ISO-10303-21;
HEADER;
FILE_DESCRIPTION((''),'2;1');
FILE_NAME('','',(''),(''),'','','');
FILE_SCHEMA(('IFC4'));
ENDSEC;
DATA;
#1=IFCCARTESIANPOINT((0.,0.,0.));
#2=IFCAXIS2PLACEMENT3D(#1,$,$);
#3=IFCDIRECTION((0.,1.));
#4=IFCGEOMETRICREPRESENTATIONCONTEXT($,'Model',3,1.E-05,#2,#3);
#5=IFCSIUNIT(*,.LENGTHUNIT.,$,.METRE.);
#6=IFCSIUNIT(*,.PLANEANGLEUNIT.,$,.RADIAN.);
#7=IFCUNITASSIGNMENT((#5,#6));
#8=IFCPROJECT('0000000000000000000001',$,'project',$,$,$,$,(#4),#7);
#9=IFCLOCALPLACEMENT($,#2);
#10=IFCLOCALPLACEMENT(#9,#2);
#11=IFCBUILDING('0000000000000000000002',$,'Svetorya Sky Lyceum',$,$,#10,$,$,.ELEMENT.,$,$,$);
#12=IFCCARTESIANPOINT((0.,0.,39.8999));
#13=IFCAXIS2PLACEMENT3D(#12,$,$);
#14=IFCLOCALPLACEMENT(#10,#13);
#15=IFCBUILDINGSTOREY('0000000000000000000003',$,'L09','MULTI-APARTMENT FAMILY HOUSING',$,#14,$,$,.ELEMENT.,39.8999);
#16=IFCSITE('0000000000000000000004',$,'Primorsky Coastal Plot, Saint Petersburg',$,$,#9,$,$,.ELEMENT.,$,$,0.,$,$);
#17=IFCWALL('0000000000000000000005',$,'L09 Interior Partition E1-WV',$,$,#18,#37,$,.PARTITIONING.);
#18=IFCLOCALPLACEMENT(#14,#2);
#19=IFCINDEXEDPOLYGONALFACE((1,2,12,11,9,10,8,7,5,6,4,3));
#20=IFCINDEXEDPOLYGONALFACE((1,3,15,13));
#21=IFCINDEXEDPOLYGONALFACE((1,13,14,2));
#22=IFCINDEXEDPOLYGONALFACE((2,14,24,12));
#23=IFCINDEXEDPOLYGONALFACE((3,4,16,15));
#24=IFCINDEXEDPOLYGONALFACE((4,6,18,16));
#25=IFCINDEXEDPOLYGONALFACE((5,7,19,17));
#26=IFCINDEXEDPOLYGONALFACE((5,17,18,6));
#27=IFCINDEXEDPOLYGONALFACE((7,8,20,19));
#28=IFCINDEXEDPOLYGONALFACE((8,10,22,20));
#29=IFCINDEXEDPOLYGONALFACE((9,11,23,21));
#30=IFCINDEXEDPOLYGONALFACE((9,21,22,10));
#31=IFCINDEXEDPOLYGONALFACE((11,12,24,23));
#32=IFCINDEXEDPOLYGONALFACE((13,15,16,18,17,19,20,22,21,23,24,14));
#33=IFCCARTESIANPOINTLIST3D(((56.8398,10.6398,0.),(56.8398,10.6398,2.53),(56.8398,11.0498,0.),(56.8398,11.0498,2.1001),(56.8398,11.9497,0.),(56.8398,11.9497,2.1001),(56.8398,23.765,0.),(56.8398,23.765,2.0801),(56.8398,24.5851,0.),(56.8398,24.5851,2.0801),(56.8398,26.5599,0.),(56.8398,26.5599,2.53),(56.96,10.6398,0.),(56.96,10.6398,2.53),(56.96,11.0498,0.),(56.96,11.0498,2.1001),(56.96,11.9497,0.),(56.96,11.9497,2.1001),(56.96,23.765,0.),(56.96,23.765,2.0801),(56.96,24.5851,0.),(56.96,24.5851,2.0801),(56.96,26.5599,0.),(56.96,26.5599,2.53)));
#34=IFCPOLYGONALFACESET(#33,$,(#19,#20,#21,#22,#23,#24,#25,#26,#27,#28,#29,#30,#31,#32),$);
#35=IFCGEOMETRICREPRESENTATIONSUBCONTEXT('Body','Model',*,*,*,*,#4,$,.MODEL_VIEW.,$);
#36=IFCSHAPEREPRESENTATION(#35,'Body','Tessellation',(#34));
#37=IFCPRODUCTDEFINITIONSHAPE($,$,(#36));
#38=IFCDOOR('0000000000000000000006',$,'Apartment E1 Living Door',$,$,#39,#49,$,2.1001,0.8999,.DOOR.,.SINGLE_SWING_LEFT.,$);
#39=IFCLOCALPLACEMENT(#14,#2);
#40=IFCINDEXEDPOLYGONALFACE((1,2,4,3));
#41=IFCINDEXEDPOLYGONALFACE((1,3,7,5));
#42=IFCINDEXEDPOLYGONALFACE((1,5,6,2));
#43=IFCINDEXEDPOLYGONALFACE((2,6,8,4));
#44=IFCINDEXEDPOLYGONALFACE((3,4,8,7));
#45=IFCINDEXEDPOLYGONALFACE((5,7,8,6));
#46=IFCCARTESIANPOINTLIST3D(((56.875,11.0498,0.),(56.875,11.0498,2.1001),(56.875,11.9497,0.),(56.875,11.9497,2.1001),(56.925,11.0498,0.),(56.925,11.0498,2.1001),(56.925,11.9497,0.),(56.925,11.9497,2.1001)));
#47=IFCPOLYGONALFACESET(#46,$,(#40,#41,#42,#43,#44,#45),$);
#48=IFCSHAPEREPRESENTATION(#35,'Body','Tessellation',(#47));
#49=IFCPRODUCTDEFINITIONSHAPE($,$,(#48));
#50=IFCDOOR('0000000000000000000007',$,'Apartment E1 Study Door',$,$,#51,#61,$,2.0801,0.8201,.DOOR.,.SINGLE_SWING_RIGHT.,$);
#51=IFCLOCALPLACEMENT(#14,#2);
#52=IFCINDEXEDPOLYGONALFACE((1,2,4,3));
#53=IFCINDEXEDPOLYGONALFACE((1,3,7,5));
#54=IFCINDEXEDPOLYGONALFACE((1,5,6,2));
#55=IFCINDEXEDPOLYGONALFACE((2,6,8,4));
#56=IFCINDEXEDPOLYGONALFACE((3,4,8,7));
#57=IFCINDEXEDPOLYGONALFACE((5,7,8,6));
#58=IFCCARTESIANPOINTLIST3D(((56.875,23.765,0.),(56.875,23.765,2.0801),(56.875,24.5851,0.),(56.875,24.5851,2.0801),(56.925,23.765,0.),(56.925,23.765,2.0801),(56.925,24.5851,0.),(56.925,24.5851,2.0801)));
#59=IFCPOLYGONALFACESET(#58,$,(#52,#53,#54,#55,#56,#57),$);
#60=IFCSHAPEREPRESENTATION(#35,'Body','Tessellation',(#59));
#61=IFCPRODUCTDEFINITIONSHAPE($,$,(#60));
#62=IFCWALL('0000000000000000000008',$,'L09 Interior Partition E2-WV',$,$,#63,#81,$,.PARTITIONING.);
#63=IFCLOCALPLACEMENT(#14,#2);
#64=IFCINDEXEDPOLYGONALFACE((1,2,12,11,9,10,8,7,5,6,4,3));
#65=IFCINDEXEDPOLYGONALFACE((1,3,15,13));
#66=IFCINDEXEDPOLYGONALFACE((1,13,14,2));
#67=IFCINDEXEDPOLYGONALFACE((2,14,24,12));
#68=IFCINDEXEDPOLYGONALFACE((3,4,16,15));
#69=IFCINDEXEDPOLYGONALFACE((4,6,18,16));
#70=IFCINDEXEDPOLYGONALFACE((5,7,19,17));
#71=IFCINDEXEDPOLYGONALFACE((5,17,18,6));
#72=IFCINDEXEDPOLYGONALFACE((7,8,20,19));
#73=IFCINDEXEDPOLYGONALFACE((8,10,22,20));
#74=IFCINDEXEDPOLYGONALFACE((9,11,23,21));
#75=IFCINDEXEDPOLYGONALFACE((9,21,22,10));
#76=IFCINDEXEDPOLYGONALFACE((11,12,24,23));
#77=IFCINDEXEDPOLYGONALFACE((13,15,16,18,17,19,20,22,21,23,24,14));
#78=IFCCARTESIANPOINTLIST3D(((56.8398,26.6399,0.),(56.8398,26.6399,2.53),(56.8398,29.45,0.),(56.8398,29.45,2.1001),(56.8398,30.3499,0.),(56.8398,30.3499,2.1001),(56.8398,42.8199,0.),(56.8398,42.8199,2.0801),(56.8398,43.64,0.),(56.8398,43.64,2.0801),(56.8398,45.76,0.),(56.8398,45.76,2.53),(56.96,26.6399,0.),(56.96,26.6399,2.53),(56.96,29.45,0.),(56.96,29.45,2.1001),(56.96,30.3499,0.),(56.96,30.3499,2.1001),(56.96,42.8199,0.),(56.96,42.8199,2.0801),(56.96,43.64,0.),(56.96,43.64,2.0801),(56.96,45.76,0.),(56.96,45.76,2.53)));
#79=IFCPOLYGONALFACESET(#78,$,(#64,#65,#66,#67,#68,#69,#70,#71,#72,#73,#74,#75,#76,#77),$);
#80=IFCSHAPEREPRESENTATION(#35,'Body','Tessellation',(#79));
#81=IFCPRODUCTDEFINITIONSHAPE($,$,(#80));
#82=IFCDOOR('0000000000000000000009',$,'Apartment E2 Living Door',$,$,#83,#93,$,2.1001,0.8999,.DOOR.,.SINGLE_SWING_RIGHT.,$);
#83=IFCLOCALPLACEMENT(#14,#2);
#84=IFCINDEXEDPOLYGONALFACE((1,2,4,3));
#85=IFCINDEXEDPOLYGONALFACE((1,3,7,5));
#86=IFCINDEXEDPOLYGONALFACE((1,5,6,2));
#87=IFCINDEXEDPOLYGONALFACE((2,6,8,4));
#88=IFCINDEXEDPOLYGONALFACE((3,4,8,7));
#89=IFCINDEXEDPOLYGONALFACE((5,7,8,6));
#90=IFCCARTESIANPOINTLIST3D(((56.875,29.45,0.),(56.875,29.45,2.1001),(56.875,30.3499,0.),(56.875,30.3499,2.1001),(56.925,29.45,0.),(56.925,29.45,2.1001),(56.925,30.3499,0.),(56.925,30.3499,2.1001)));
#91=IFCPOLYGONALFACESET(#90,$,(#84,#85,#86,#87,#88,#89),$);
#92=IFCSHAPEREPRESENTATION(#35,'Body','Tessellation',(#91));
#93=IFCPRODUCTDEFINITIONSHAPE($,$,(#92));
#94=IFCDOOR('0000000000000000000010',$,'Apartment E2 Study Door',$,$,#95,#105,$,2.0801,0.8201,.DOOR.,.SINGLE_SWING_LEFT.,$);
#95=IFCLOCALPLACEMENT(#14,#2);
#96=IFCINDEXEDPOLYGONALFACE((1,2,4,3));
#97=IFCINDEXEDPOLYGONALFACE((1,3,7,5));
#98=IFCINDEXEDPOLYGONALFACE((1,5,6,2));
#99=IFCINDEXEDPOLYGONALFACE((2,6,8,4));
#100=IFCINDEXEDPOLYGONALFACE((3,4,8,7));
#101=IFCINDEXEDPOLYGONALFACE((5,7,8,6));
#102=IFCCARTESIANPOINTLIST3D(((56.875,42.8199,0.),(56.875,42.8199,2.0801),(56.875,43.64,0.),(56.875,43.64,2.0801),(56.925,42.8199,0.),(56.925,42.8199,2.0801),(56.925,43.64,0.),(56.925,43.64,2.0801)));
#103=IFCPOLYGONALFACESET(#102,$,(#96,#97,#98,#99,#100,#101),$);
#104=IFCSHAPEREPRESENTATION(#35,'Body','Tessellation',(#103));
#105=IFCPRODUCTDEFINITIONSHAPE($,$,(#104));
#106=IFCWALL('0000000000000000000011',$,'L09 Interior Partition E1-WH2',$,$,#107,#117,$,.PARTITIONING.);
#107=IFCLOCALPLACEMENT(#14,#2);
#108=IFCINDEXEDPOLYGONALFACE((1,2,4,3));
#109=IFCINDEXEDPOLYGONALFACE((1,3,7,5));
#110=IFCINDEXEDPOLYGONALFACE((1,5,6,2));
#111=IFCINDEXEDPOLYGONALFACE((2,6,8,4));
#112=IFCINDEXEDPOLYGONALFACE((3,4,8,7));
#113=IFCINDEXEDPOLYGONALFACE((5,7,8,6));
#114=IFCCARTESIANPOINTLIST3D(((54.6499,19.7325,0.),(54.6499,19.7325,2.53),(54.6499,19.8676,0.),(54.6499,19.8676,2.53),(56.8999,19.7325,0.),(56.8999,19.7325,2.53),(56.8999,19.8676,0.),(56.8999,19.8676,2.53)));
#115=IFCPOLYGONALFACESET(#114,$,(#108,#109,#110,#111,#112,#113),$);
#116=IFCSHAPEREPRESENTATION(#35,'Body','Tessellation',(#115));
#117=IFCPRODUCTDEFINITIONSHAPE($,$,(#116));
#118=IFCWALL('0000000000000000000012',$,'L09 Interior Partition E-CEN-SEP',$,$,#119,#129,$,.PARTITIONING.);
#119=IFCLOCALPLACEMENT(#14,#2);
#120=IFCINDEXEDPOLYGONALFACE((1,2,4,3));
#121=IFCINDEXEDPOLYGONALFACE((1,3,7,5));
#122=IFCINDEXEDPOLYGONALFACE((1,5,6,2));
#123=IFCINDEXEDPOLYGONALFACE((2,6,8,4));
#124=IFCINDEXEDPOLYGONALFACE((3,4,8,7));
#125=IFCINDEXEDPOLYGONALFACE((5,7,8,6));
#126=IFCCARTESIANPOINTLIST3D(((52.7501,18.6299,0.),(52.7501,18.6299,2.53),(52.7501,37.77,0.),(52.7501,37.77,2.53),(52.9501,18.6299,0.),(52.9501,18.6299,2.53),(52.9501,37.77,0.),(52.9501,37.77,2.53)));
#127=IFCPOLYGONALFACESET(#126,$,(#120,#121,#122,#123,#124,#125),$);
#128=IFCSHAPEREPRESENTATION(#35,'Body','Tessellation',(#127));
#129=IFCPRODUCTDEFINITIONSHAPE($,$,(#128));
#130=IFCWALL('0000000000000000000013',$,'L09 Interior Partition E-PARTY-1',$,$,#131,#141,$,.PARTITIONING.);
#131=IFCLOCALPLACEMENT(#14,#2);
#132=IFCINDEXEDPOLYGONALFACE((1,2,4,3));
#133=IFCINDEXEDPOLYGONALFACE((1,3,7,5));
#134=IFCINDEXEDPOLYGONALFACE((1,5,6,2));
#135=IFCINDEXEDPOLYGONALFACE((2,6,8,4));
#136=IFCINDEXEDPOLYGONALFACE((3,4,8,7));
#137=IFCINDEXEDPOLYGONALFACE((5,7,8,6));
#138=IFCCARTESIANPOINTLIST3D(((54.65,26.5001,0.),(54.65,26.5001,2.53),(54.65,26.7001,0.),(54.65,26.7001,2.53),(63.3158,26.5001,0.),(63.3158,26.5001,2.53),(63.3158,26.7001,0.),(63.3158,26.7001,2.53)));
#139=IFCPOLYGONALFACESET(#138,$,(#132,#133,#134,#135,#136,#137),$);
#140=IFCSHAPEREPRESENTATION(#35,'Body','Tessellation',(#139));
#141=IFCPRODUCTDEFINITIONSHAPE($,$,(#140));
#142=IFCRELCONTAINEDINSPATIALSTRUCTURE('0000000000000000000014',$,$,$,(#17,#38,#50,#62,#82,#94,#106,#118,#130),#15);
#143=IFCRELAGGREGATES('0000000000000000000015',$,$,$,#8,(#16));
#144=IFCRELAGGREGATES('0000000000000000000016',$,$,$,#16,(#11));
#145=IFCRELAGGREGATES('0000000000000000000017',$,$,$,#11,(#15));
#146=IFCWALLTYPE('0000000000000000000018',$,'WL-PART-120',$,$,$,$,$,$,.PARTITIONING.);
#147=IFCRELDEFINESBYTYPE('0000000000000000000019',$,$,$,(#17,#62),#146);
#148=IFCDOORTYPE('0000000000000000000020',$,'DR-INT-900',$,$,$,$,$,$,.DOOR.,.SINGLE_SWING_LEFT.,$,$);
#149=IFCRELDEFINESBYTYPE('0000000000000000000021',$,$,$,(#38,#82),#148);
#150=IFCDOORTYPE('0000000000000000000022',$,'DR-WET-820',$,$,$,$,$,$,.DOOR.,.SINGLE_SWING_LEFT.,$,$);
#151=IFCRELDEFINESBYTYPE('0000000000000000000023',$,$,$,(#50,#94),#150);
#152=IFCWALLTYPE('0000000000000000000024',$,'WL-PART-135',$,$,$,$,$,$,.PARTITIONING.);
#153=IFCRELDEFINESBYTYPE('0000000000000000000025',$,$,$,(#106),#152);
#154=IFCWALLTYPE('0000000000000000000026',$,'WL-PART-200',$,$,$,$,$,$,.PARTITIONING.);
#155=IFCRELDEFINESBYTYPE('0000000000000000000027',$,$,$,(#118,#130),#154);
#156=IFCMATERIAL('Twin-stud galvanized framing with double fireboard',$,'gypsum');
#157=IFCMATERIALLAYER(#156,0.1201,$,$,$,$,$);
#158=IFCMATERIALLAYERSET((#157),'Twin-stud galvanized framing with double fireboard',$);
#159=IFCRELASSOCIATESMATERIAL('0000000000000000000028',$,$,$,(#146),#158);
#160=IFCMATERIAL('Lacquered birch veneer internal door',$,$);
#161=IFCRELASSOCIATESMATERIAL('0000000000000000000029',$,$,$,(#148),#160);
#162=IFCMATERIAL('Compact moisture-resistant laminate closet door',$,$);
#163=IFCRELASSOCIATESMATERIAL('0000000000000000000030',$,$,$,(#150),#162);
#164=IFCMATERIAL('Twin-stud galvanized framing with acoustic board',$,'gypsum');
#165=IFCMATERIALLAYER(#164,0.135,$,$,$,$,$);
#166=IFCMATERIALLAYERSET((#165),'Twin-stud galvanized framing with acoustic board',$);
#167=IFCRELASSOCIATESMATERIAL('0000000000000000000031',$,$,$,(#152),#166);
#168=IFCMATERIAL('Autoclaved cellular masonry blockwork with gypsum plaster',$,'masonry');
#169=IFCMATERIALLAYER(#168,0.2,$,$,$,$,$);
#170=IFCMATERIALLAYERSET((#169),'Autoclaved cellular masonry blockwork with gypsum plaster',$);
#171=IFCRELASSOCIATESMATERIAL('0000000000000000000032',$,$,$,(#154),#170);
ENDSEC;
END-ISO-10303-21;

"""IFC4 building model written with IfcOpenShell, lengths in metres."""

from ifc_helpers import new_model, si_unit, direction, frame, frame_2d, origin, place, context, subcontext, project, spatial, rectangle, extrude, material, layer, layer_set, type_object, element, fill, save


model = new_model("IFC4")

# Units and contexts
model_context = context("Model", 3, precision=1e-05, world=origin(), true_north=direction((0.0, 1.0)))
body_context = subcontext(model_context, "Body", "Model", "MODEL_VIEW")
ifc_project = project(units=[si_unit("LENGTHUNIT", "METRE"), si_unit("PLANEANGLEUNIT", "RADIAN")], contexts=[model_context])

# Site, building, storey
site_placement = place(None, origin())
site = spatial("IfcSite", under=ifc_project, at=site_placement, Name="Primorsky Coastal Plot, Saint Petersburg", CompositionType="ELEMENT", RefElevation=0.0)
building_placement = place(site_placement, origin())
building = spatial("IfcBuilding", under=site, at=building_placement, Name="Svetorya Sky Lyceum", CompositionType="ELEMENT")
storey_placement = place(building_placement, frame((0.0, 0.0, 39.8999)))
storey = spatial("IfcBuildingStorey", under=building, at=storey_placement, Name="L09", Description="MULTI-APARTMENT FAMILY HOUSING", CompositionType="ELEMENT", Elevation=39.8999)

# Shared definitions
ifc_material_1 = material(Name="Twin-stud galvanized framing with double fireboard", Category="gypsum")
ifc_layer_1 = layer(ifc_material_1, 0.1201)
ifc_layer_set_1 = layer_set([ifc_layer_1], Name="Twin-stud galvanized framing with double fireboard")
wall_type_1 = type_object("IfcWallType", Name="WL-PART-120", PredefinedType="PARTITIONING", material=ifc_layer_set_1)
ifc_material_2 = material(Name="Lacquered birch veneer internal door")
door_type_1 = type_object("IfcDoorType", Name="DR-INT-900", OperationType="SINGLE_SWING_LEFT", PredefinedType="DOOR", material=ifc_material_2)

# Walls, openings, doors
wall_1_placement = place(storey_placement, frame((56.8999, 10.6399, 0.0), z_axis=(0.0, 0.0, 1.0), x_axis=(0.0, 1.0, 0.0)))
wall_1 = element("IfcWall", 1, at=wall_1_placement, inside=storey, type_object=wall_type_1, Name="L09 Interior Partition E1-WV", PredefinedType="PARTITIONING", context=body_context, shape_type="SweptSolid", body=[
    extrude(rectangle(XDim=15.9202, YDim=0.1201, at=frame_2d((7.96, 0.0))), origin(), (0.0, 0.0, 1.0), 2.53),
])
opening_1_placement = place(wall_1_placement, frame((0.4099, 0.0, 0.0)))
opening_1 = element("IfcOpeningElement", 2, at=opening_1_placement, cuts=wall_1, PredefinedType="OPENING", context=body_context, shape_type="SweptSolid", body=[
    extrude(rectangle(XDim=0.8999, YDim=2.1001, at=frame_2d((0.45, 1.05))), frame((0.0, 0.0701, 0.0), z_axis=(0.0, -1.0, 0.0), x_axis=(1.0, 0.0, 0.0)), (0.0, 0.0, 1.0), 0.1401),
])
opening_2_placement = place(wall_1_placement, frame((13.125, 0.0, 0.0)))
opening_2 = element("IfcOpeningElement", 3, at=opening_2_placement, cuts=wall_1, PredefinedType="OPENING", context=body_context, shape_type="SweptSolid", body=[
    extrude(rectangle(XDim=0.8201, YDim=2.0801, at=frame_2d((0.4102, 1.04))), frame((0.0, 0.0701, 0.0), z_axis=(0.0, -1.0, 0.0), x_axis=(1.0, 0.0, 0.0)), (0.0, 0.0, 1.0), 0.1401),
])
door_1_placement = place(opening_1_placement, origin())
door_1 = element("IfcDoor", 4, at=door_1_placement, inside=storey, type_object=door_type_1, Name="Apartment E1 Living Door", OperationType="SINGLE_SWING_LEFT", OverallHeight=2.1001, OverallWidth=0.8999, PredefinedType="DOOR", context=body_context, shape_type="SweptSolid", body=[
    extrude(rectangle(XDim=0.8999, YDim=2.1001, at=frame_2d((0.45, 1.05))), frame((0.0, 0.0249, 0.0), z_axis=(0.0, -1.0, 0.0), x_axis=(1.0, 0.0, 0.0)), (0.0, 0.0, 1.0), 0.05),
])
fill(opening_1, door_1)
ifc_material_3 = material(Name="Compact moisture-resistant laminate closet door")
door_type_2 = type_object("IfcDoorType", Name="DR-WET-820", OperationType="SINGLE_SWING_LEFT", PredefinedType="DOOR", material=ifc_material_3)
door_2_placement = place(opening_2_placement, origin())
door_2 = element("IfcDoor", 5, at=door_2_placement, inside=storey, type_object=door_type_2, Name="Apartment E1 Study Door", OperationType="SINGLE_SWING_RIGHT", OverallHeight=2.0801, OverallWidth=0.8201, PredefinedType="DOOR", context=body_context, shape_type="SweptSolid", body=[
    extrude(rectangle(XDim=0.8201, YDim=2.0801, at=frame_2d((0.4102, 1.04))), frame((0.0, 0.0249, 0.0), z_axis=(0.0, -1.0, 0.0), x_axis=(1.0, 0.0, 0.0)), (0.0, 0.0, 1.0), 0.05),
])
fill(opening_2, door_2)
wall_2_placement = place(storey_placement, frame((56.8999, 26.6399, 0.0), z_axis=(0.0, 0.0, 1.0), x_axis=(0.0, 1.0, 0.0)))
wall_2 = element("IfcWall", 6, at=wall_2_placement, inside=storey, type_object=wall_type_1, Name="L09 Interior Partition E2-WV", PredefinedType="PARTITIONING", context=body_context, shape_type="SweptSolid", body=[
    extrude(rectangle(XDim=19.1201, YDim=0.1201, at=frame_2d((9.5601, 0.0))), origin(), (0.0, 0.0, 1.0), 2.53),
])
opening_3_placement = place(wall_2_placement, frame((2.8101, 0.0, 0.0)))
opening_3 = element("IfcOpeningElement", 7, at=opening_3_placement, cuts=wall_2, PredefinedType="OPENING", context=body_context, shape_type="SweptSolid", body=[
    extrude(rectangle(XDim=0.8999, YDim=2.1001, at=frame_2d((0.45, 1.05))), frame((0.0, 0.0701, 0.0), z_axis=(0.0, -1.0, 0.0), x_axis=(1.0, 0.0, 0.0)), (0.0, 0.0, 1.0), 0.1401),
])
opening_4_placement = place(wall_2_placement, frame((16.1799, 0.0, 0.0)))
opening_4 = element("IfcOpeningElement", 8, at=opening_4_placement, cuts=wall_2, PredefinedType="OPENING", context=body_context, shape_type="SweptSolid", body=[
    extrude(rectangle(XDim=0.8201, YDim=2.0801, at=frame_2d((0.4102, 1.04))), frame((0.0, 0.0701, 0.0), z_axis=(0.0, -1.0, 0.0), x_axis=(1.0, 0.0, 0.0)), (0.0, 0.0, 1.0), 0.1401),
])
door_3_placement = place(opening_3_placement, origin())
door_3 = element("IfcDoor", 9, at=door_3_placement, inside=storey, type_object=door_type_1, Name="Apartment E2 Living Door", OperationType="SINGLE_SWING_RIGHT", OverallHeight=2.1001, OverallWidth=0.8999, PredefinedType="DOOR", context=body_context, shape_type="SweptSolid", body=[
    extrude(rectangle(XDim=0.8999, YDim=2.1001, at=frame_2d((0.45, 1.05))), frame((0.0, 0.0249, 0.0), z_axis=(0.0, -1.0, 0.0), x_axis=(1.0, 0.0, 0.0)), (0.0, 0.0, 1.0), 0.05),
])
fill(opening_3, door_3)
door_4_placement = place(opening_4_placement, origin())
door_4 = element("IfcDoor", 10, at=door_4_placement, inside=storey, type_object=door_type_2, Name="Apartment E2 Study Door", OperationType="SINGLE_SWING_LEFT", OverallHeight=2.0801, OverallWidth=0.8201, PredefinedType="DOOR", context=body_context, shape_type="SweptSolid", body=[
    extrude(rectangle(XDim=0.8201, YDim=2.0801, at=frame_2d((0.4102, 1.04))), frame((0.0, 0.0249, 0.0), z_axis=(0.0, -1.0, 0.0), x_axis=(1.0, 0.0, 0.0)), (0.0, 0.0, 1.0), 0.05),
])
fill(opening_4, door_4)

# Walls
ifc_material_4 = material(Name="Twin-stud galvanized framing with acoustic board", Category="gypsum")
ifc_layer_2 = layer(ifc_material_4, 0.135)
ifc_layer_set_2 = layer_set([ifc_layer_2], Name="Twin-stud galvanized framing with acoustic board")
wall_type_2 = type_object("IfcWallType", Name="WL-PART-135", PredefinedType="PARTITIONING", material=ifc_layer_set_2)
wall_3_placement = place(storey_placement, frame((54.6499, 19.8, 0.0), z_axis=(0.0, 0.0, 1.0), x_axis=(1.0, 0.0, 0.0)))
element("IfcWall", 11, at=wall_3_placement, inside=storey, type_object=wall_type_2, Name="L09 Interior Partition E1-WH2", PredefinedType="PARTITIONING", context=body_context, shape_type="SweptSolid", body=[
    extrude(rectangle(XDim=2.25, YDim=0.135, at=frame_2d((1.125, 0.0))), origin(), (0.0, 0.0, 1.0), 2.53),
])
ifc_material_5 = material(Name="Autoclaved cellular masonry blockwork with gypsum plaster", Category="masonry")
ifc_layer_3 = layer(ifc_material_5, 0.2)
ifc_layer_set_3 = layer_set([ifc_layer_3], Name="Autoclaved cellular masonry blockwork with gypsum plaster")
wall_type_3 = type_object("IfcWallType", Name="WL-PART-200", PredefinedType="PARTITIONING", material=ifc_layer_set_3)
wall_4_placement = place(storey_placement, frame((52.8501, 18.6299, 0.0), z_axis=(0.0, 0.0, 1.0), x_axis=(0.0, 1.0, 0.0)))
element("IfcWall", 12, at=wall_4_placement, inside=storey, type_object=wall_type_3, Name="L09 Interior Partition E-CEN-SEP", PredefinedType="PARTITIONING", context=body_context, shape_type="SweptSolid", body=[
    extrude(rectangle(XDim=19.1401, YDim=0.2, at=frame_2d((9.5701, 0.0))), origin(), (0.0, 0.0, 1.0), 2.53),
])
wall_5_placement = place(storey_placement, frame((54.6499, 26.6001, 0.0), z_axis=(0.0, 0.0, 1.0), x_axis=(1.0, 0.0, 0.0)))
element("IfcWall", 13, at=wall_5_placement, inside=storey, type_object=wall_type_3, Name="L09 Interior Partition E-PARTY-1", PredefinedType="PARTITIONING", context=body_context, shape_type="SweptSolid", body=[
    extrude(rectangle(XDim=8.6658, YDim=0.2, at=frame_2d((4.333, 0.0))), origin(), (0.0, 0.0, 1.0), 2.53),
])

save(model, "model.ifc")
